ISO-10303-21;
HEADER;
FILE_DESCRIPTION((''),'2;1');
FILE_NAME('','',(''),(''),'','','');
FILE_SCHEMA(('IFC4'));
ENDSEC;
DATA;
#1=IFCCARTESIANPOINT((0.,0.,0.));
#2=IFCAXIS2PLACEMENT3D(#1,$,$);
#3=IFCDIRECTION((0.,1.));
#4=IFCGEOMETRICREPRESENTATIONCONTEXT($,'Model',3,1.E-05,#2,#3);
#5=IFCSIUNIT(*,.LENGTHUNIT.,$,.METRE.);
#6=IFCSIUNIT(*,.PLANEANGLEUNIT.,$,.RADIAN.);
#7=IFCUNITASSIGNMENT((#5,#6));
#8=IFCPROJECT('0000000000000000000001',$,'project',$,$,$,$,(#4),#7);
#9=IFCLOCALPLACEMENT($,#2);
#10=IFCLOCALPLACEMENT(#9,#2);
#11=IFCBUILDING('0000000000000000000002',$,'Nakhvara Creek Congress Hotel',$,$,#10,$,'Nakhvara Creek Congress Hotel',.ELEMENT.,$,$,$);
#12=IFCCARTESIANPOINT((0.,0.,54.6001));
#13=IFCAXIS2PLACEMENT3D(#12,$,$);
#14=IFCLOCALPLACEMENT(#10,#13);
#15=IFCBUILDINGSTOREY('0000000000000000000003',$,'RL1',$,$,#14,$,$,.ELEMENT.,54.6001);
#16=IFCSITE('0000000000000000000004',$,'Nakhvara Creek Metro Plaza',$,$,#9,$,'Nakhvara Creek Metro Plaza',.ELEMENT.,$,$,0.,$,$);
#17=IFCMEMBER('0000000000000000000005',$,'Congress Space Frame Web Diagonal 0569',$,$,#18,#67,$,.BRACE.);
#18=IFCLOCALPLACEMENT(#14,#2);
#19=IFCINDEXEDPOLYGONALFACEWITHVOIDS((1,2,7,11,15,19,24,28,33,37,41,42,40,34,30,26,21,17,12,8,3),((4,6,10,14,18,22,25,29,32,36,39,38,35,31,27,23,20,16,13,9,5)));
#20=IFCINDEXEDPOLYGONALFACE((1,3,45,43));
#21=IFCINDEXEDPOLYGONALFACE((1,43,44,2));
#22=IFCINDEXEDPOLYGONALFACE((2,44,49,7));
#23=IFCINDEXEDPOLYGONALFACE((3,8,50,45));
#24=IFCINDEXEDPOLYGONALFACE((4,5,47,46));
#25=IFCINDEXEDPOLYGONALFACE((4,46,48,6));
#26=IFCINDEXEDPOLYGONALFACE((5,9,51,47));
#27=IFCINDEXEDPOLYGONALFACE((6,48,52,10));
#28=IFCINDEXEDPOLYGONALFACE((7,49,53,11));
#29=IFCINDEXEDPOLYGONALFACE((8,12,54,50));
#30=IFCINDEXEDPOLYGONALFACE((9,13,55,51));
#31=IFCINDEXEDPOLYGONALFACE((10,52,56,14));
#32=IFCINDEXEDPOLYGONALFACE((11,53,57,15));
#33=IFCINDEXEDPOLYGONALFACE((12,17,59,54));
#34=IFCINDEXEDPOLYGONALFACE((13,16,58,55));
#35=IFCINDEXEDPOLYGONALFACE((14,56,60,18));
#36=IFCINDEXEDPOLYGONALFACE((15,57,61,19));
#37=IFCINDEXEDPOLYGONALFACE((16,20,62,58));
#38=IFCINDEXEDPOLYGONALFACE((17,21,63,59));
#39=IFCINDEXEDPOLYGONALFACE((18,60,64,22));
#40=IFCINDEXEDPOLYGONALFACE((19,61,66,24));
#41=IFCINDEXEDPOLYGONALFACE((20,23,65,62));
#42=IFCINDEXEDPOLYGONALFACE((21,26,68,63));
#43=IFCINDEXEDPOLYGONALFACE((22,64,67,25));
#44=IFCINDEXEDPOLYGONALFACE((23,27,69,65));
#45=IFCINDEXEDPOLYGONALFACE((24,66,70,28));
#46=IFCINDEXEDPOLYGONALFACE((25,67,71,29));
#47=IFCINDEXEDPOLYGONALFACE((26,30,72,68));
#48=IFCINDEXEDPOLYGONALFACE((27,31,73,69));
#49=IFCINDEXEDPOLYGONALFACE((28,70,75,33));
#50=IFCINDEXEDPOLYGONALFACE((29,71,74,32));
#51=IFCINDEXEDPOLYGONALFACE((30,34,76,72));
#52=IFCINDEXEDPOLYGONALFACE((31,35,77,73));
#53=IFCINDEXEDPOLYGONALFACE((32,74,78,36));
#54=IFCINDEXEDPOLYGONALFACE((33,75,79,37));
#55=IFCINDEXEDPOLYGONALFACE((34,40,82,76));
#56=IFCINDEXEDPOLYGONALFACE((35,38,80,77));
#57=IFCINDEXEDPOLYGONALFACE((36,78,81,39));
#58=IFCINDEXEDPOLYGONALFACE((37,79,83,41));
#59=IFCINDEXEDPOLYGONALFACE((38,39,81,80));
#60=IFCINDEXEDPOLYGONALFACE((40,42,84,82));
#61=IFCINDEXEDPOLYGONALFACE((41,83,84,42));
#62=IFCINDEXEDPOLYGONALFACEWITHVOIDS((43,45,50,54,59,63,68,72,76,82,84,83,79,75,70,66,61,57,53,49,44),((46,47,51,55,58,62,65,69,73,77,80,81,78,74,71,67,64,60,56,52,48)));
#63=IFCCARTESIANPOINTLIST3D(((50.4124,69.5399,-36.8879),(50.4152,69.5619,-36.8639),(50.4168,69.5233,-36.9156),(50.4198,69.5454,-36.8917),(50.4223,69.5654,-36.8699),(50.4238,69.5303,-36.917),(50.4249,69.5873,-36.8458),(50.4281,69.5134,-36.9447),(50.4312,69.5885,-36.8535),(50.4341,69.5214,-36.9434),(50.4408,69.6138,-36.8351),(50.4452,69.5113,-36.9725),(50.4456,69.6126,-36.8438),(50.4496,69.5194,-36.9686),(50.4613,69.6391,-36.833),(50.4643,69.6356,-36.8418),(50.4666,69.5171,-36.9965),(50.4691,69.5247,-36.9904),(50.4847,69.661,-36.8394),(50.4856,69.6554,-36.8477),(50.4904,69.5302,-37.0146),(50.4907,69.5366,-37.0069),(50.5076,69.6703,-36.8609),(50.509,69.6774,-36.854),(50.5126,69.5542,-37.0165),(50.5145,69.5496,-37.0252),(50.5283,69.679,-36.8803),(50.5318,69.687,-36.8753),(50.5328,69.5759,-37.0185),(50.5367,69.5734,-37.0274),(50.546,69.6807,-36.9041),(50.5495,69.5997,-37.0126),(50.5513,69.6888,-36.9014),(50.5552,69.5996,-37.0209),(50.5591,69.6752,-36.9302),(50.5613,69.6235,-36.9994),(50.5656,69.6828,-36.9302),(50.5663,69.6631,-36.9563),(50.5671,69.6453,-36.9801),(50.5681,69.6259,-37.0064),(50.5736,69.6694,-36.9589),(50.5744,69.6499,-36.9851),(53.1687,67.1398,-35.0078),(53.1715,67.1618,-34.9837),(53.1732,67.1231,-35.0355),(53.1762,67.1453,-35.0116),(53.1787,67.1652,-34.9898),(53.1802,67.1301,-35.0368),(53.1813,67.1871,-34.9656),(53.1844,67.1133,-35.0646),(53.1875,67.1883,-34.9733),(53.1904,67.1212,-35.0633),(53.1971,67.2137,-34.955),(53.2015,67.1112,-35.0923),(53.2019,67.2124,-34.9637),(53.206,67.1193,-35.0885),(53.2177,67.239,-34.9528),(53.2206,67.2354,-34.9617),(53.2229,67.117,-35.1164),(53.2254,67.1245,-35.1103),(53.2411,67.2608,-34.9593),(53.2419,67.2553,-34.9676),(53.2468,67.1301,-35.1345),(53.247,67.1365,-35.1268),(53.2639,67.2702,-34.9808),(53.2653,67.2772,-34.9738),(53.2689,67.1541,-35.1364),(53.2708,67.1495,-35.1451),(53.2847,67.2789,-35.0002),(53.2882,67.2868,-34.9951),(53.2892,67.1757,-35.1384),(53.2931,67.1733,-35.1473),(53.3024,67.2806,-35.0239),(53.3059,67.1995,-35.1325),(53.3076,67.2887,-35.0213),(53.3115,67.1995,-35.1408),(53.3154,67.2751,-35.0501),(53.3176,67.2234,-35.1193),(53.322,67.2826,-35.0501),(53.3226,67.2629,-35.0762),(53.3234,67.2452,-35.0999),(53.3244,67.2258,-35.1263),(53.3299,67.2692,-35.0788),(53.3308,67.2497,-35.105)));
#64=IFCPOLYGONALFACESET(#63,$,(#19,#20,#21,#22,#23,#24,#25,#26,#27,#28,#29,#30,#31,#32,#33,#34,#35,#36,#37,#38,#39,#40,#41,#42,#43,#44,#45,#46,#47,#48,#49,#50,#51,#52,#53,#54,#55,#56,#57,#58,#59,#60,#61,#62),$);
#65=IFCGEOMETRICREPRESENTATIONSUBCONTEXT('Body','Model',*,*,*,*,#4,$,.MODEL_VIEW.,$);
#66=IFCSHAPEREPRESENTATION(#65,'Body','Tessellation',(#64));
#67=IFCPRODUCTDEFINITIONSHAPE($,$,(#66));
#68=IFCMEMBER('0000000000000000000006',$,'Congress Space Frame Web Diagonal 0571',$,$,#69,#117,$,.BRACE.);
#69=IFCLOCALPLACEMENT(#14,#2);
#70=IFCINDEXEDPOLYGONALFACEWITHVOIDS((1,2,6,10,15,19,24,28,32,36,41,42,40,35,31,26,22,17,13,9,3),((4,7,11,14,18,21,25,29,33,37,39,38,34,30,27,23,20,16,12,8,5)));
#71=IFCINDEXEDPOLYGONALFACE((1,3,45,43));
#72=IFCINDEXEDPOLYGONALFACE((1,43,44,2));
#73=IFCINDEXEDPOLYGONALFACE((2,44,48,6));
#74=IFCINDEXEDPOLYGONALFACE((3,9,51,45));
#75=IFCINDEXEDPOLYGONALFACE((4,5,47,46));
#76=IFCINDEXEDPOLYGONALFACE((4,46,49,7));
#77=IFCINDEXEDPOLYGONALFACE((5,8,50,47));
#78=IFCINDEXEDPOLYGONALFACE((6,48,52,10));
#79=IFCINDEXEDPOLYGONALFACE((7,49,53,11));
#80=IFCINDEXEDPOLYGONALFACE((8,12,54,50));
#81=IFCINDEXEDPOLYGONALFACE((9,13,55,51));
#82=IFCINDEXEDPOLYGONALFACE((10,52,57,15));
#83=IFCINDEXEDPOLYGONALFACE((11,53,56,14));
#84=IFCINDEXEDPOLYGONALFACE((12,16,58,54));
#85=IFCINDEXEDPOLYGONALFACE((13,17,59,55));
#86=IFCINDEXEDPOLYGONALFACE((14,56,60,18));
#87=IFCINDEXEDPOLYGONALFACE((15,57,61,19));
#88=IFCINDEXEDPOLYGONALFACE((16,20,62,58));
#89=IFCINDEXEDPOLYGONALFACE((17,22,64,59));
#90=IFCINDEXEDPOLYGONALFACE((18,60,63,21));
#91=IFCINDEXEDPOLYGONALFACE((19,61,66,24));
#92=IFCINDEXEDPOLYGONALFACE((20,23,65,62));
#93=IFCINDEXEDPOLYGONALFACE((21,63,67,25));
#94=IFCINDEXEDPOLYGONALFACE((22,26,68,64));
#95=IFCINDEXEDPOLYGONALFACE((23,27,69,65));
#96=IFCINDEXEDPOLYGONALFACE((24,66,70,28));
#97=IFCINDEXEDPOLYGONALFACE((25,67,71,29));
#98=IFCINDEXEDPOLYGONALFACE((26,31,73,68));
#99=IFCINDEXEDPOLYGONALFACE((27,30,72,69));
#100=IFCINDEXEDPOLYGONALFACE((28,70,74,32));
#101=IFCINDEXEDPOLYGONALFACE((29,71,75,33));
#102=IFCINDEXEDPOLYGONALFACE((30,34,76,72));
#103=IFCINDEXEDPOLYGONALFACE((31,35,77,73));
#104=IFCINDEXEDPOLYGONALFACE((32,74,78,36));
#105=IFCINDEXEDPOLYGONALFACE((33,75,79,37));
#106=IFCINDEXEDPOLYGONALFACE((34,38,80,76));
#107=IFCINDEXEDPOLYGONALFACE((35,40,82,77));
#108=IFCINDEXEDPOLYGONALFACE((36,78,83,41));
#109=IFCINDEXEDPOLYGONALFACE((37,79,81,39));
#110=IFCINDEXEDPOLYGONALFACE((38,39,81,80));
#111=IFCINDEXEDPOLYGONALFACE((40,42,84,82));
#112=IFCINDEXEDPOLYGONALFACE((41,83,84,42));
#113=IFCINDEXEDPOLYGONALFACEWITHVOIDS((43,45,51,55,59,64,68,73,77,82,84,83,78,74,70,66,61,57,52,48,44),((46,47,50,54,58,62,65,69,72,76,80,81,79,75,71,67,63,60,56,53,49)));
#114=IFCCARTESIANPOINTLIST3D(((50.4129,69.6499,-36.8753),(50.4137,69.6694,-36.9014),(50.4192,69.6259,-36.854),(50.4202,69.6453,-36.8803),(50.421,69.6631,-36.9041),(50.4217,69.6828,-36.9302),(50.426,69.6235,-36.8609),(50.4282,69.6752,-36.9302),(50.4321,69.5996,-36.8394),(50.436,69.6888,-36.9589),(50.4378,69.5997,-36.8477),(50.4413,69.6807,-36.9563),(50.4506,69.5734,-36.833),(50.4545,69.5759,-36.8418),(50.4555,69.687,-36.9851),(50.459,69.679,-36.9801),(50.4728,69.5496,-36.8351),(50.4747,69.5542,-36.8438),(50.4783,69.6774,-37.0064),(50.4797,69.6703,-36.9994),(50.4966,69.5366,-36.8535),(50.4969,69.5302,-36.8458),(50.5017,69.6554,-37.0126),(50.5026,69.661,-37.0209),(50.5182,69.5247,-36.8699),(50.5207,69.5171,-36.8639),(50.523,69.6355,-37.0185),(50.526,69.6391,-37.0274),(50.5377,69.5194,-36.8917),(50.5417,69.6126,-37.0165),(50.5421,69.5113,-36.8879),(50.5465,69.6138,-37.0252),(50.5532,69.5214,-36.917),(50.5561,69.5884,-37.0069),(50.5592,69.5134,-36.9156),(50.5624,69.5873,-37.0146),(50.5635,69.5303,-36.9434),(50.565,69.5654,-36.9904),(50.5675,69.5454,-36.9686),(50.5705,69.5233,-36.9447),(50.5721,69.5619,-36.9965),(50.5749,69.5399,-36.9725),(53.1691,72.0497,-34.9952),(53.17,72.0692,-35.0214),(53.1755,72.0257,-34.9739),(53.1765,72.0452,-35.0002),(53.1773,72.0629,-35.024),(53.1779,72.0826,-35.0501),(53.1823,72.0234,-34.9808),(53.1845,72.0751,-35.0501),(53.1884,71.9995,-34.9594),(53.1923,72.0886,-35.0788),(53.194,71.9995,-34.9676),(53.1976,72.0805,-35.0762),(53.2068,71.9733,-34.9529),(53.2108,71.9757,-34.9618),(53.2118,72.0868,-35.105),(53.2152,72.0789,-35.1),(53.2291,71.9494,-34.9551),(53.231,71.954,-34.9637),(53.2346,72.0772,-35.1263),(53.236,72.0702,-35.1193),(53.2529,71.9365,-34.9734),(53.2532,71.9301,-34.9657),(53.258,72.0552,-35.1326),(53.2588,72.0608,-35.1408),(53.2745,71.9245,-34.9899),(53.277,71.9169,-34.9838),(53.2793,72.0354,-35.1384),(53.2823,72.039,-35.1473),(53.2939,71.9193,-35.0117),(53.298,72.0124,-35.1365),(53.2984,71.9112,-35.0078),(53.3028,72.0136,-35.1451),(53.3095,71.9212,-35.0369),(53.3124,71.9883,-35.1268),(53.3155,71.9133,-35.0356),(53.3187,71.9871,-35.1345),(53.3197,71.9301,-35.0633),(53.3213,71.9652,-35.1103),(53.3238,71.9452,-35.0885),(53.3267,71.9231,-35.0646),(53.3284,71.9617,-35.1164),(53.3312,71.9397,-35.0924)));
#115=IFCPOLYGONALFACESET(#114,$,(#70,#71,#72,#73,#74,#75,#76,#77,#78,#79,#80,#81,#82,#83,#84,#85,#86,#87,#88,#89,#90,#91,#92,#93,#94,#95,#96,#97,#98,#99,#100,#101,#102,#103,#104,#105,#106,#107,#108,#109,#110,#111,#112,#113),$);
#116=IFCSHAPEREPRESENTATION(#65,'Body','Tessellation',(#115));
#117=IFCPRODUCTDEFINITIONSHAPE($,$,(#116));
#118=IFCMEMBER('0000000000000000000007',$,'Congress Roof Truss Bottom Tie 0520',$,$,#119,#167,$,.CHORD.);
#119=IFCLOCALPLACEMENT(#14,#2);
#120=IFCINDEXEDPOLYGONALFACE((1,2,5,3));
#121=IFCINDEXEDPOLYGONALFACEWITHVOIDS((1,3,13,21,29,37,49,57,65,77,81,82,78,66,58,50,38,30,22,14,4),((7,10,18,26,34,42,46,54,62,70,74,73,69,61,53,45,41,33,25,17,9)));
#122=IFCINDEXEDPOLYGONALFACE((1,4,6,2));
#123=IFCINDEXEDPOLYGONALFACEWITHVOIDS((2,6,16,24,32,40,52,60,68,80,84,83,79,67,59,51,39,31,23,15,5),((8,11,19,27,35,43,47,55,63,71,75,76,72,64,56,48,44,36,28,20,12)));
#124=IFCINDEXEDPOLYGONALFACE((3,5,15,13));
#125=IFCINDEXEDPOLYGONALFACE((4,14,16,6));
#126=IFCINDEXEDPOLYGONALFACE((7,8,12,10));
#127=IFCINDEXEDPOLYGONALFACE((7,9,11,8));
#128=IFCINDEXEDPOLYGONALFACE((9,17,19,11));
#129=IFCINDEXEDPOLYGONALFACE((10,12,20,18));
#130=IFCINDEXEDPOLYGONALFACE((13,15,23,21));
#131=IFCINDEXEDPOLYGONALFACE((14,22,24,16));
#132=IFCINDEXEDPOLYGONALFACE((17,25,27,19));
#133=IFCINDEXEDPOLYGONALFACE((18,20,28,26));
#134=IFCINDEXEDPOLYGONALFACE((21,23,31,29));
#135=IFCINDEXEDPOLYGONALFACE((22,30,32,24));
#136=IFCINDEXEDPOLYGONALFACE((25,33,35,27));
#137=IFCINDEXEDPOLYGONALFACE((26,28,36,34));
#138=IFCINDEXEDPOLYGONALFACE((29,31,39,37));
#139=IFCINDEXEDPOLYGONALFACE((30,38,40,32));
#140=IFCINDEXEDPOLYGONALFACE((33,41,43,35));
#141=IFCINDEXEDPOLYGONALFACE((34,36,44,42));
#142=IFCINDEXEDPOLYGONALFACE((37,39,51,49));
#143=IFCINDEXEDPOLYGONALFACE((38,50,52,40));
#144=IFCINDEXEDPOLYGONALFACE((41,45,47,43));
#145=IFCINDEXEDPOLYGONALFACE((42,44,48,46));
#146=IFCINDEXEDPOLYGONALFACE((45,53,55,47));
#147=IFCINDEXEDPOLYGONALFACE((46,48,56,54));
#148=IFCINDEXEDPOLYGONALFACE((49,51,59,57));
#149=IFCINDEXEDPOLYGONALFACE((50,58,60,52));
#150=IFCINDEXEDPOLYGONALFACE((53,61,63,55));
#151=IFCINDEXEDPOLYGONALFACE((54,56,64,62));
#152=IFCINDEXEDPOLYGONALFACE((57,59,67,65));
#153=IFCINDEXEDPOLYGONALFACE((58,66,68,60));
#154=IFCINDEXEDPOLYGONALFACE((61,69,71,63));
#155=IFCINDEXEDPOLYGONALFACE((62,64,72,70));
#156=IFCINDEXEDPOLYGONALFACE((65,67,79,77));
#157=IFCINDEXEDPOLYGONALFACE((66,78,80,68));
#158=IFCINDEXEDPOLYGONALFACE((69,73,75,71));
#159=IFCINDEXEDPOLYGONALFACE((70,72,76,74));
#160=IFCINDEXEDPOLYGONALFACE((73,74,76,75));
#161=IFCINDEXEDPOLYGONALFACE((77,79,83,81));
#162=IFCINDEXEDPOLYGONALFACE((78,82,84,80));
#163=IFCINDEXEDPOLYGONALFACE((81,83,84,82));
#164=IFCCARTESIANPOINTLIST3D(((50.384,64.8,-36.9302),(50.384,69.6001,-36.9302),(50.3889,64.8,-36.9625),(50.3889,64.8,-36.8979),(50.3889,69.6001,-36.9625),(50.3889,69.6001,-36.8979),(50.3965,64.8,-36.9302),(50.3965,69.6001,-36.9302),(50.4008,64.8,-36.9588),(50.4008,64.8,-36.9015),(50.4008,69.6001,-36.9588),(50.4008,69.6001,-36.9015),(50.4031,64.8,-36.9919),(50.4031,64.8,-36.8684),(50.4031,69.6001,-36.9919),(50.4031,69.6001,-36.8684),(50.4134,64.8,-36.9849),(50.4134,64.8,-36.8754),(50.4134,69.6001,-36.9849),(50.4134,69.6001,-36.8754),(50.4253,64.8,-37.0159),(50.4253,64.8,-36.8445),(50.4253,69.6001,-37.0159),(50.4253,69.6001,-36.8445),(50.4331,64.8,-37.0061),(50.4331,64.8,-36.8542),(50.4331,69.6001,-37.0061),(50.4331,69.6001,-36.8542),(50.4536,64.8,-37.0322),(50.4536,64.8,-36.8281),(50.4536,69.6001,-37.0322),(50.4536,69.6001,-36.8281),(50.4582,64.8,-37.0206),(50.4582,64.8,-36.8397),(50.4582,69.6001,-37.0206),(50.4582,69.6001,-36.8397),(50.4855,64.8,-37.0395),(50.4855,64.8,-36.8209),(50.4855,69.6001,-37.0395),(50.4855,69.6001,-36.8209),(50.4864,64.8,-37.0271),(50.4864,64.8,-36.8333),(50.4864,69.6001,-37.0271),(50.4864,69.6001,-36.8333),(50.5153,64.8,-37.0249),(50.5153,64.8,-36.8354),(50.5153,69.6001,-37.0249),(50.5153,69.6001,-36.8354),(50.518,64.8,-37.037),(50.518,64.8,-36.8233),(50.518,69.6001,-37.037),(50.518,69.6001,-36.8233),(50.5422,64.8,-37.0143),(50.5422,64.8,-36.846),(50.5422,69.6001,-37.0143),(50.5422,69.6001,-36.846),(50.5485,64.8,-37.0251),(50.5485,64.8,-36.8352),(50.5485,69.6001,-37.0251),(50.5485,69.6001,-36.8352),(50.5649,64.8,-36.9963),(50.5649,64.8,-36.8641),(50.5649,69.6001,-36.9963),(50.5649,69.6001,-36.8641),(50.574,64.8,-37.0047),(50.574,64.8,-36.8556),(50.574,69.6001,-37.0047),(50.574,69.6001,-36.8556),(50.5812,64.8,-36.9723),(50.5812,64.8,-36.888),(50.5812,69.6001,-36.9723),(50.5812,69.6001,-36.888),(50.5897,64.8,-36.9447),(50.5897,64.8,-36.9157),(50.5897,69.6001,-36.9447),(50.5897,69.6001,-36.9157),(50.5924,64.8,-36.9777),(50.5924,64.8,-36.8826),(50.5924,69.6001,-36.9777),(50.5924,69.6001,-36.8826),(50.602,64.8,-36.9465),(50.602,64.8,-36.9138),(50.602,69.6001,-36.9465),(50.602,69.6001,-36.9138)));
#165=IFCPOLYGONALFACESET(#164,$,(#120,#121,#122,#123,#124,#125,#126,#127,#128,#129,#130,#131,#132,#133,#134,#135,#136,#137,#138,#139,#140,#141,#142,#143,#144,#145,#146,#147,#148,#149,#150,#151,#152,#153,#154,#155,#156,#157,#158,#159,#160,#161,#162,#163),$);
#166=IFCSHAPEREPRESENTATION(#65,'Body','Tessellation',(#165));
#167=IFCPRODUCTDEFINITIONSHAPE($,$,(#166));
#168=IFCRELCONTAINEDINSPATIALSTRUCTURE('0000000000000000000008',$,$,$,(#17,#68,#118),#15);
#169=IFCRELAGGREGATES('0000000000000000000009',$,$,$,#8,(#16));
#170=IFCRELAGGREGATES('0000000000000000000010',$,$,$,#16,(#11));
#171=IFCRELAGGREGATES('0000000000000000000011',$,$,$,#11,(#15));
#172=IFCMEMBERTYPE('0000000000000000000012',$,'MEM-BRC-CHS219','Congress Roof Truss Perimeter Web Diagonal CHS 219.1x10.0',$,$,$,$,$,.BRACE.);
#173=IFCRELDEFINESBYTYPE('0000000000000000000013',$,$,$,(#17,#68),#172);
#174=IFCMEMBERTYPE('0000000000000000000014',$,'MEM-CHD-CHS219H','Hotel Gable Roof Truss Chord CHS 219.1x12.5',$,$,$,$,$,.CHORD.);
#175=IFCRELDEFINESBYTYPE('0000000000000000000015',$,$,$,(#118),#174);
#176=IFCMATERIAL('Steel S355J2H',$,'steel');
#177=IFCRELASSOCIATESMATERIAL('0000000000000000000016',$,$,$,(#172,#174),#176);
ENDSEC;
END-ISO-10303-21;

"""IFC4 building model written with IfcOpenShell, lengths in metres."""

from ifc_helpers import new_model, si_unit, direction, frame, origin, origin_2d, place, context, subcontext, project, spatial, hollow_circle, extrude, material, material_profile, profile_set, type_object, element, save


model = new_model("IFC4")

# Units and contexts
model_context = context("Model", 3, precision=1e-05, world=origin(), true_north=direction((0.0, 1.0)))
body_context = subcontext(model_context, "Body", "Model", "MODEL_VIEW")
ifc_project = project(units=[si_unit("LENGTHUNIT", "METRE"), si_unit("PLANEANGLEUNIT", "RADIAN")], contexts=[model_context])

# Site, building, storey
site_placement = place(None, origin())
site = spatial("IfcSite", under=ifc_project, at=site_placement, Name="Nakhvara Creek Metro Plaza", LongName="Nakhvara Creek Metro Plaza", CompositionType="ELEMENT", RefElevation=0.0)
building_placement = place(site_placement, origin())
building = spatial("IfcBuilding", under=site, at=building_placement, Name="Nakhvara Creek Congress Hotel", LongName="Nakhvara Creek Congress Hotel", CompositionType="ELEMENT")
storey_placement = place(building_placement, frame((0.0, 0.0, 54.6001)))
storey = spatial("IfcBuildingStorey", under=building, at=storey_placement, Name="RL1", CompositionType="ELEMENT", Elevation=54.6001)

# Members
ifc_material_1 = material(Name="Steel S355J2H", Category="steel")
ifc_material_profile_1 = material_profile(ifc_material_1, hollow_circle(Radius=0.1096, WallThickness=0.01, at=origin_2d()), Name="CHS 219.1x10.0", Category="LoadBearing")
ifc_profile_set_1 = profile_set([ifc_material_profile_1], Name="Steel S355J2H")
member_type_1 = type_object("IfcMemberType", Name="MEM-BRC-CHS219", Description="Congress Roof Truss Perimeter Web Diagonal CHS 219.1x10.0", PredefinedType="BRACE", material=ifc_profile_set_1)
member_1_placement = place(storey_placement, frame((50.4937, 69.6001, -36.9302), z_axis=(0.670626, -0.583961, 0.457439), x_axis=(0.656696, 0.754155, 0.0)))
element("IfcMember", 1, at=member_1_placement, inside=storey, type_object=member_type_1, Name="Congress Space Frame Web Diagonal 0569", PredefinedType="BRACE", context=body_context, shape_type="SweptSolid", body=[
    extrude(hollow_circle(Radius=0.1096, WallThickness=0.01, at=origin_2d()), origin(), (0.0, 0.0, 1.0), 4.1101),
])
member_2_placement = place(storey_placement, frame((50.4937, 69.6001, -36.9302), z_axis=(0.670649, 0.583922, 0.457455), x_axis=(-0.656658, 0.754188, 0.0)))
element("IfcMember", 2, at=member_2_placement, inside=storey, type_object=member_type_1, Name="Congress Space Frame Web Diagonal 0571", PredefinedType="BRACE", context=body_context, shape_type="SweptSolid", body=[
    extrude(hollow_circle(Radius=0.1096, WallThickness=0.01, at=origin_2d()), origin(), (0.0, 0.0, 1.0), 4.1099),
])
ifc_material_profile_2 = material_profile(ifc_material_1, hollow_circle(Radius=0.1096, WallThickness=0.0125, at=origin_2d()), Name="CHS 219.1x12.5", Category="LoadBearing")
ifc_profile_set_2 = profile_set([ifc_material_profile_2], Name="Steel S355J2H")
member_type_2 = type_object("IfcMemberType", Name="MEM-CHD-CHS219H", Description="Hotel Gable Roof Truss Chord CHS 219.1x12.5", PredefinedType="CHORD", material=ifc_profile_set_2)
member_3_placement = place(storey_placement, frame((50.4937, 64.8, -36.9302), z_axis=(0.0, 1.0, 0.0), x_axis=(-1.0, 0.0, 0.0)))
element("IfcMember", 3, at=member_3_placement, inside=storey, type_object=member_type_2, Name="Congress Roof Truss Bottom Tie 0520", PredefinedType="CHORD", context=body_context, shape_type="SweptSolid", body=[
    extrude(hollow_circle(Radius=0.1096, WallThickness=0.0125, at=origin_2d()), origin(), (0.0, 0.0, 1.0), 4.8),
])

save(model, "model.ifc")
